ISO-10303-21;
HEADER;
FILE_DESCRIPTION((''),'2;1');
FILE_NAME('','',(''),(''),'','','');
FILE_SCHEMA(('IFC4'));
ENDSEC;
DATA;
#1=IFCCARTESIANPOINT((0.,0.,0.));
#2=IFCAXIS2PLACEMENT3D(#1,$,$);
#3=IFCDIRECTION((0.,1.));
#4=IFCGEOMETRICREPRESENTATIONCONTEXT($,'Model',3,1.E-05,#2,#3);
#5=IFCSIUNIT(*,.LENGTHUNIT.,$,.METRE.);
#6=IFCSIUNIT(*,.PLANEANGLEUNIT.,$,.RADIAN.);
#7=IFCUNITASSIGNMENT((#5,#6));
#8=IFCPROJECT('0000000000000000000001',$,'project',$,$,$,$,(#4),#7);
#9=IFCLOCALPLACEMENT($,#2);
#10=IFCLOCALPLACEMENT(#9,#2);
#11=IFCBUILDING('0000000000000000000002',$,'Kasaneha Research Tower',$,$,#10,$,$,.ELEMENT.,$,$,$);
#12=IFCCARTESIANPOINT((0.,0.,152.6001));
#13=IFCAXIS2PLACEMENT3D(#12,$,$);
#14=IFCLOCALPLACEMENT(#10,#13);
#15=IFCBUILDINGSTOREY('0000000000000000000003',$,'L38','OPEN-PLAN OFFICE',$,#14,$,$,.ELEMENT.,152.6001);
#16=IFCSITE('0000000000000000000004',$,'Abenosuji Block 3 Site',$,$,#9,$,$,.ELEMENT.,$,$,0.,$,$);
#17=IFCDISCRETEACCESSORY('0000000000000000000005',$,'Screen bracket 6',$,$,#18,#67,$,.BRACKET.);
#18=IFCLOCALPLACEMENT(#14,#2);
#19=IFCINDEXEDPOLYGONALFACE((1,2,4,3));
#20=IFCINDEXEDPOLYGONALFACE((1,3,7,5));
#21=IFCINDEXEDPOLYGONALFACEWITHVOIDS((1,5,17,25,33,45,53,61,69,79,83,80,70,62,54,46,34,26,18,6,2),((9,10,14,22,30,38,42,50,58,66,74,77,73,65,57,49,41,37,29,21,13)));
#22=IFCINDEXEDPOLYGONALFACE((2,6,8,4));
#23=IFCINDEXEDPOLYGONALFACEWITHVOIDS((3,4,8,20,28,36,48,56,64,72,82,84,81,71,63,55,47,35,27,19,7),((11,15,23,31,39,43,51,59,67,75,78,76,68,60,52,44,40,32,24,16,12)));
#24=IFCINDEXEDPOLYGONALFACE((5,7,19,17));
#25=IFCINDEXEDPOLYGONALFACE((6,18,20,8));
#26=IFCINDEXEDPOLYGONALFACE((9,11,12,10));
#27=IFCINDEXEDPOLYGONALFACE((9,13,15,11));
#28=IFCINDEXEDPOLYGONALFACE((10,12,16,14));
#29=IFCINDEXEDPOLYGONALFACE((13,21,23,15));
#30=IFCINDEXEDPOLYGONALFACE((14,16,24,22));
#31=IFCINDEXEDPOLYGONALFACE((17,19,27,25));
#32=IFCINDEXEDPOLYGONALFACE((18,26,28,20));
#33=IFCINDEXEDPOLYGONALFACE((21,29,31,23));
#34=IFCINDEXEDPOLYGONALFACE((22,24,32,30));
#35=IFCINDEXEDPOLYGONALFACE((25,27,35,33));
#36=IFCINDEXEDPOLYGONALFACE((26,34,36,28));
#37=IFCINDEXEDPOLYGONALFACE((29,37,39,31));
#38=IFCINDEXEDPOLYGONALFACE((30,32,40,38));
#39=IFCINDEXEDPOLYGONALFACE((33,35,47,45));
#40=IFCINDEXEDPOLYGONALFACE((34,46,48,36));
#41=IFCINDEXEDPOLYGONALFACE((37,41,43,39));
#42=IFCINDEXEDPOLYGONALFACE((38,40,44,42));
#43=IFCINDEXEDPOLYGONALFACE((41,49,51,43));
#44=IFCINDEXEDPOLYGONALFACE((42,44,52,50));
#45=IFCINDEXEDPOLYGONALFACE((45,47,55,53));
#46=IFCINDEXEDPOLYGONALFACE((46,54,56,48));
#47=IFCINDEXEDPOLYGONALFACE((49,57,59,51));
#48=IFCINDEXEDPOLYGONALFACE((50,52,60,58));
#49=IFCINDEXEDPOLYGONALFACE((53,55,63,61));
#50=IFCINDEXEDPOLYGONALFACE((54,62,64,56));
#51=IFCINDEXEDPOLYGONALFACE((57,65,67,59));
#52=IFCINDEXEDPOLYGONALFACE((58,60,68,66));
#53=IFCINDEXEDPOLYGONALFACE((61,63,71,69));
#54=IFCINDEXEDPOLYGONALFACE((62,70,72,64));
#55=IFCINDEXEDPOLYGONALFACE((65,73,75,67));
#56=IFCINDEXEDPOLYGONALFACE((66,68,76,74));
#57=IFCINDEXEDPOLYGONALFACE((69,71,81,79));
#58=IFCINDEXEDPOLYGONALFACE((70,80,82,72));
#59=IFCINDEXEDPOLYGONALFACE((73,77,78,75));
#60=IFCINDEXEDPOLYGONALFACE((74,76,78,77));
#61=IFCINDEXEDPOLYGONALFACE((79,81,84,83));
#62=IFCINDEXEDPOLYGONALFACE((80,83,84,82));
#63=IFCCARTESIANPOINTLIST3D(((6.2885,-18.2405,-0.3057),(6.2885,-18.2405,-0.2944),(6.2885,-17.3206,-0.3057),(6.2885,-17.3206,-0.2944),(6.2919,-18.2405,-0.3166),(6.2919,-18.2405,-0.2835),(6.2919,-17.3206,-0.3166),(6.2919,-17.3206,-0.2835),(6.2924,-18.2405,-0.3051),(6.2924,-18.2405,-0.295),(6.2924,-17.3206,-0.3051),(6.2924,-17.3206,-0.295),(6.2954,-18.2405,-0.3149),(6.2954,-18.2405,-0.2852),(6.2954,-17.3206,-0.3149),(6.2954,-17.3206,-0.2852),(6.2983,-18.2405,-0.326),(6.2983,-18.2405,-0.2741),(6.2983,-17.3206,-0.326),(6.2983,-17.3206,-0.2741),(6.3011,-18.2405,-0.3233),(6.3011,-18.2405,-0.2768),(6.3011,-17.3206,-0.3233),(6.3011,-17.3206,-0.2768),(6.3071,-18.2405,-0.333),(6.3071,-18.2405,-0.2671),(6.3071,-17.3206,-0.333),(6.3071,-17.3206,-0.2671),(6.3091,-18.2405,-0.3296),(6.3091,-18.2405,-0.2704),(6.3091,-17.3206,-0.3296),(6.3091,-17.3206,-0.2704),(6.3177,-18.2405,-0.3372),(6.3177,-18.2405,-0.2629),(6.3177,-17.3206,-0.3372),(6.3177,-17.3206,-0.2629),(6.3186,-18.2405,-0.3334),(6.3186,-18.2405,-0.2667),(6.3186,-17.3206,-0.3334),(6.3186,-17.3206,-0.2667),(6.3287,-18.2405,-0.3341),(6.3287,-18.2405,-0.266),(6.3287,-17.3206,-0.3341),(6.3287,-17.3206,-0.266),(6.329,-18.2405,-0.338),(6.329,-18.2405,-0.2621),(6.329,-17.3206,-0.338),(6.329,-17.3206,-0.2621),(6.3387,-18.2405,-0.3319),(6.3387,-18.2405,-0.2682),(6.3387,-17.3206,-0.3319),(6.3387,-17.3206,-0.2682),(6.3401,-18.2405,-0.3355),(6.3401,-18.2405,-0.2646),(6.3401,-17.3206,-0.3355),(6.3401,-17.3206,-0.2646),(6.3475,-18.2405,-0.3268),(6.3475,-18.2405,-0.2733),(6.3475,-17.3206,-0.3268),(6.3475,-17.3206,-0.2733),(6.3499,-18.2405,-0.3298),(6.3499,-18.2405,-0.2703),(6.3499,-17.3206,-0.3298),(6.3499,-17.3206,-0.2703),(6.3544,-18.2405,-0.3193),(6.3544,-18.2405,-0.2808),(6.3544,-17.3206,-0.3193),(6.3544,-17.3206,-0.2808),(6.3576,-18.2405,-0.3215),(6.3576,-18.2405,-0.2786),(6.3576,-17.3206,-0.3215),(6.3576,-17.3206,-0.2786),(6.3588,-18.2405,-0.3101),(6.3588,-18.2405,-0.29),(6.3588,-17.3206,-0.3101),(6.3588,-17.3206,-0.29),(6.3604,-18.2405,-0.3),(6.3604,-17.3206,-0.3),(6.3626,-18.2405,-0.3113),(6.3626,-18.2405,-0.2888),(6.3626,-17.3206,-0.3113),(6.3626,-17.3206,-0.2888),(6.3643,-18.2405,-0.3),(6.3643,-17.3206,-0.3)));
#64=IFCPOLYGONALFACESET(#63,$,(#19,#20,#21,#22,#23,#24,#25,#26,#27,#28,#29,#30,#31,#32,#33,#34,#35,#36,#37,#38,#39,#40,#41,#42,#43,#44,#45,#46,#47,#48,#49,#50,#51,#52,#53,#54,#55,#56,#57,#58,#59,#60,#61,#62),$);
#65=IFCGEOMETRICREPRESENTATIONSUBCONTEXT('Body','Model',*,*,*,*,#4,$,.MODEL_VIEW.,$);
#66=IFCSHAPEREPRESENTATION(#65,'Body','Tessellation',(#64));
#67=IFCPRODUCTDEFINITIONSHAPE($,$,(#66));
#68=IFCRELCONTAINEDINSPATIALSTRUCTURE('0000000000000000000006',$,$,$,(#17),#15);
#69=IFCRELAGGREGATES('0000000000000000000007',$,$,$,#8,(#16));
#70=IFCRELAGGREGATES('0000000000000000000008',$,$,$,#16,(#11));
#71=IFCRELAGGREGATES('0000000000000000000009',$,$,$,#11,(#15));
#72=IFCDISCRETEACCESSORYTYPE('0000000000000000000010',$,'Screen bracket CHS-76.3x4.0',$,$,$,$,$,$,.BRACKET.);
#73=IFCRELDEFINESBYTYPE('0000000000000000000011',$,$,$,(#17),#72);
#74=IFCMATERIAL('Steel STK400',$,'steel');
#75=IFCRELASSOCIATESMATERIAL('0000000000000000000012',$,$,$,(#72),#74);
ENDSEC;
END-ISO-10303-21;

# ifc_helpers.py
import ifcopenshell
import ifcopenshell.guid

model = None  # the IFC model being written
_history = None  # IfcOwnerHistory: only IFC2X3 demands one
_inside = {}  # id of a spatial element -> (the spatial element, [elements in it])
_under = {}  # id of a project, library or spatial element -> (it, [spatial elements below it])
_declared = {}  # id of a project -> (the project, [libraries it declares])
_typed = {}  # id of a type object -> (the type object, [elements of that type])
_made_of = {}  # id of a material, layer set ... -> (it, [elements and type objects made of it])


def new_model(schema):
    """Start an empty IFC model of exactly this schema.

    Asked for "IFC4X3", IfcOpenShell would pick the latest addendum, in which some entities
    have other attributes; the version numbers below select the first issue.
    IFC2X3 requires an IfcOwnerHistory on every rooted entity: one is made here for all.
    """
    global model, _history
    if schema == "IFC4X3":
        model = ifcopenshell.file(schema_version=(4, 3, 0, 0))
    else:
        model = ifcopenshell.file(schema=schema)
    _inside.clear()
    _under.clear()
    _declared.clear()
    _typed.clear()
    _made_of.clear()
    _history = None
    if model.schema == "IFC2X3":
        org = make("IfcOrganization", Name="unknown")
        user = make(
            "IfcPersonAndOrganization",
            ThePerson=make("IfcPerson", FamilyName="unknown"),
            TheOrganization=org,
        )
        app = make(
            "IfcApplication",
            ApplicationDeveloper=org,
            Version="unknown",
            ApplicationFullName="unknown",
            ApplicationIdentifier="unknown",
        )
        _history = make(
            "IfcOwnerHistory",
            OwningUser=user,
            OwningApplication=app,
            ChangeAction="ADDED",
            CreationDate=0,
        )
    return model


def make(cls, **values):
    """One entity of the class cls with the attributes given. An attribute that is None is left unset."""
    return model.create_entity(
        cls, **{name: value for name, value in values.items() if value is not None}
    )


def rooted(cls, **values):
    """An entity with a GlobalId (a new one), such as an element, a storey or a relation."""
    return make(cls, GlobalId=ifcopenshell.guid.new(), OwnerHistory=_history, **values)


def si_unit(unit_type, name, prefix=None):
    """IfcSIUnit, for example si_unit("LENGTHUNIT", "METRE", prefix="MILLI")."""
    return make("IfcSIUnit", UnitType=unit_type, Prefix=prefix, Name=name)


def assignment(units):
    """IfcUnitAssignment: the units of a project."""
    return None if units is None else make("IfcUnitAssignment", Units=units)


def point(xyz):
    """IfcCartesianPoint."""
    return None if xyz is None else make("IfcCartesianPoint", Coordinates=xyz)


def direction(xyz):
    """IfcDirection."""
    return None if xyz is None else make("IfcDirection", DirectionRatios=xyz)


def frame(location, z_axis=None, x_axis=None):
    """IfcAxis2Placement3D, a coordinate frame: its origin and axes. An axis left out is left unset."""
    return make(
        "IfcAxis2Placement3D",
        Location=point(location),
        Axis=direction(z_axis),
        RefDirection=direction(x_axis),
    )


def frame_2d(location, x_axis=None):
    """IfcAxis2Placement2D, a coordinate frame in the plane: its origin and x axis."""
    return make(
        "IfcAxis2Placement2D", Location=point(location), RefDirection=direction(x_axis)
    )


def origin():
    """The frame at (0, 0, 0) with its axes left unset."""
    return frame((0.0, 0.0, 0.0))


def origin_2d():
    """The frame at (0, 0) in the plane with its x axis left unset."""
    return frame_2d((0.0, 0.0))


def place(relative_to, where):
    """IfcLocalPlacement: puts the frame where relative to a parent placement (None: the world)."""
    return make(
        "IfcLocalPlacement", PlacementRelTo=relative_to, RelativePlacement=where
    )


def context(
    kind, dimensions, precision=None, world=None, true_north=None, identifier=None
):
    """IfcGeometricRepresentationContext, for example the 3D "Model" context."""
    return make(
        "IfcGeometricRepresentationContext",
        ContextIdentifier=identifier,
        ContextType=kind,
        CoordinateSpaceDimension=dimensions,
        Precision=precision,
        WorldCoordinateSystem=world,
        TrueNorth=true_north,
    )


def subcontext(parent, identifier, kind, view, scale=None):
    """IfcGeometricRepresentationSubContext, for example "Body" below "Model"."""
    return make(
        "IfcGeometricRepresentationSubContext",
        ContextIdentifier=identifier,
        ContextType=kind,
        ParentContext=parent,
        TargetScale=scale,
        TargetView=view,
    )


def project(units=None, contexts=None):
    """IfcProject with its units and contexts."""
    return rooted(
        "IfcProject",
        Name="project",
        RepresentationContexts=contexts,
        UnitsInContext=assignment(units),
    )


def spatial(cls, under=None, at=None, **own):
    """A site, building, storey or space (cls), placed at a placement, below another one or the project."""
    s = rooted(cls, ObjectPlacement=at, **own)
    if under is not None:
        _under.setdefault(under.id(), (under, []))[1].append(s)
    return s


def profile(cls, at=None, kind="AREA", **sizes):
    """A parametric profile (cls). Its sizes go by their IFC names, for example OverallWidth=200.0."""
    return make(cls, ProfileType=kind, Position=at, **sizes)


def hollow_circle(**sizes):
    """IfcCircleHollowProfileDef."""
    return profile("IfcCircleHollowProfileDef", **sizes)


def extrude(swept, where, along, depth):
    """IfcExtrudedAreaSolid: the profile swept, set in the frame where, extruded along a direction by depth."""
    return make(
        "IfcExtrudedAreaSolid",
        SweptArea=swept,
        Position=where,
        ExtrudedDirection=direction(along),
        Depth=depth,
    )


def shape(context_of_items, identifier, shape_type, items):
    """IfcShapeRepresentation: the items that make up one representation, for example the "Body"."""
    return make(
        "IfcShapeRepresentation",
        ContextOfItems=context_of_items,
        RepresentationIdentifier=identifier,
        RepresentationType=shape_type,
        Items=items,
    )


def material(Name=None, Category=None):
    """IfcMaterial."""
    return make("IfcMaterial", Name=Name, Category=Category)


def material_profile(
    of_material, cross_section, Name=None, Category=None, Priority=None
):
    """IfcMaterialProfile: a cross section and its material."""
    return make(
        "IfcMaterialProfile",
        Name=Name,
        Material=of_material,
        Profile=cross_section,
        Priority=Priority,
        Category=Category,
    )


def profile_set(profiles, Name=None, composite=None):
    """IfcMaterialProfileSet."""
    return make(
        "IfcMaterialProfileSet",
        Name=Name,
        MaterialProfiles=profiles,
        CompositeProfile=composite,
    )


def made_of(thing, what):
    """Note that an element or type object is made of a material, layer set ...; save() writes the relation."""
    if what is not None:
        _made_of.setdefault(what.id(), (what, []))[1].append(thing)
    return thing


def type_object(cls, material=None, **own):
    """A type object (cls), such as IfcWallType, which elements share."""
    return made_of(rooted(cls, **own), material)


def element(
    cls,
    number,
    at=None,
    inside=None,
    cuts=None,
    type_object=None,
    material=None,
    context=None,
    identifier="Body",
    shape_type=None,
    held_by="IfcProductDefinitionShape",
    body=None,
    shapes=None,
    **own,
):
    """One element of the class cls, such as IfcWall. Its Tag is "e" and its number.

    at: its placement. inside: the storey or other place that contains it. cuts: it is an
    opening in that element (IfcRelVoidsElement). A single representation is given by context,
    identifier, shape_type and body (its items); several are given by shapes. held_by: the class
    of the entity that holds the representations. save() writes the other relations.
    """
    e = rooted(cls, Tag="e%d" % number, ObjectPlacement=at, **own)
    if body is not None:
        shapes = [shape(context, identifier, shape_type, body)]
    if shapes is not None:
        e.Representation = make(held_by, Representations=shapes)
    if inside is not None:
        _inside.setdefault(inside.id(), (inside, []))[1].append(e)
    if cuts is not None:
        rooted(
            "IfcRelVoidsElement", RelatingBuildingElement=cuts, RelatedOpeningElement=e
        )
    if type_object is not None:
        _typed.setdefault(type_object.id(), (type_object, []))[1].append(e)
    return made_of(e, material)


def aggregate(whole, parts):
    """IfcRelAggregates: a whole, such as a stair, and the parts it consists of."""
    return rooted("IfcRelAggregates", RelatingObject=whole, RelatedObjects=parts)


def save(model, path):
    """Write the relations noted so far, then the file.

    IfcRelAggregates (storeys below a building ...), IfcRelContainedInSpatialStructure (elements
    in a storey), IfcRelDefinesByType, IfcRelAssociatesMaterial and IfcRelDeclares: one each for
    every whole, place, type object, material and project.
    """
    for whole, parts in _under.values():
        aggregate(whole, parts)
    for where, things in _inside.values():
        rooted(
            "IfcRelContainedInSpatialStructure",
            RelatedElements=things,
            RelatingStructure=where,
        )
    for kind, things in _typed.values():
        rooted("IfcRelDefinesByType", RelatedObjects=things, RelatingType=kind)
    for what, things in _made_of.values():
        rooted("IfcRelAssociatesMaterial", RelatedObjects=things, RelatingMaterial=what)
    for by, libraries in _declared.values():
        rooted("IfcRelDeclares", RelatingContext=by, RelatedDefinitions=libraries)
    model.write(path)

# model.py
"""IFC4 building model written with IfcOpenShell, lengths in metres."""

from ifc_helpers import new_model, si_unit, direction, frame, origin, origin_2d, place, context, subcontext, project, spatial, hollow_circle, extrude, material, material_profile, profile_set, type_object, element, save


model = new_model("IFC4")

# Units and contexts
model_context = context("Model", 3, precision=1e-05, world=origin(), true_north=direction((0.0, 1.0)))
body_context = subcontext(model_context, "Body", "Model", "MODEL_VIEW")
ifc_project = project(units=[si_unit("LENGTHUNIT", "METRE"), si_unit("PLANEANGLEUNIT", "RADIAN")], contexts=[model_context])

# Site, building, storey
site_placement = place(None, origin())
site = spatial("IfcSite", under=ifc_project, at=site_placement, Name="Abenosuji Block 3 Site", CompositionType="ELEMENT", RefElevation=0.0)
building_placement = place(site_placement, origin())
building = spatial("IfcBuilding", under=site, at=building_placement, Name="Kasaneha Research Tower", CompositionType="ELEMENT")
storey_placement = place(building_placement, frame((0.0, 0.0, 152.6001)))
storey = spatial("IfcBuildingStorey", under=building, at=storey_placement, Name="L38", Description="OPEN-PLAN OFFICE", CompositionType="ELEMENT", Elevation=152.6001)

# Discrete accessory
ifc_material_1 = material(Name="Steel STK400", Category="steel")
ifc_material_profile_1 = material_profile(ifc_material_1, hollow_circle(Radius=0.0381, WallThickness=0.0039, at=origin_2d()), Name="CHS-76.3x4.0")
ifc_profile_set_1 = profile_set([ifc_material_profile_1], Name="Steel STK400")
discrete_accessory_type = type_object("IfcDiscreteAccessoryType", Name="Screen bracket CHS-76.3x4.0", PredefinedType="BRACKET", material=ifc_profile_set_1)
for number, where, z_axis, x_axis, name in (
    (1, (6.3262, -17.3206, -0.3), (0.0, -1.0, 0.0), (1.0, 0.0, 0.0), "Screen bracket 6"),
):
    element("IfcDiscreteAccessory", number, at=place(storey_placement, frame(where, z_axis=z_axis, x_axis=x_axis)), inside=storey, type_object=discrete_accessory_type, Name=name, PredefinedType="BRACKET", context=body_context, shape_type="SweptSolid", body=[
        extrude(hollow_circle(Radius=0.0381, WallThickness=0.0039, at=origin_2d()), origin(), (0.0, 0.0, 1.0), 0.9199),
    ])

save(model, "model.ifc")
